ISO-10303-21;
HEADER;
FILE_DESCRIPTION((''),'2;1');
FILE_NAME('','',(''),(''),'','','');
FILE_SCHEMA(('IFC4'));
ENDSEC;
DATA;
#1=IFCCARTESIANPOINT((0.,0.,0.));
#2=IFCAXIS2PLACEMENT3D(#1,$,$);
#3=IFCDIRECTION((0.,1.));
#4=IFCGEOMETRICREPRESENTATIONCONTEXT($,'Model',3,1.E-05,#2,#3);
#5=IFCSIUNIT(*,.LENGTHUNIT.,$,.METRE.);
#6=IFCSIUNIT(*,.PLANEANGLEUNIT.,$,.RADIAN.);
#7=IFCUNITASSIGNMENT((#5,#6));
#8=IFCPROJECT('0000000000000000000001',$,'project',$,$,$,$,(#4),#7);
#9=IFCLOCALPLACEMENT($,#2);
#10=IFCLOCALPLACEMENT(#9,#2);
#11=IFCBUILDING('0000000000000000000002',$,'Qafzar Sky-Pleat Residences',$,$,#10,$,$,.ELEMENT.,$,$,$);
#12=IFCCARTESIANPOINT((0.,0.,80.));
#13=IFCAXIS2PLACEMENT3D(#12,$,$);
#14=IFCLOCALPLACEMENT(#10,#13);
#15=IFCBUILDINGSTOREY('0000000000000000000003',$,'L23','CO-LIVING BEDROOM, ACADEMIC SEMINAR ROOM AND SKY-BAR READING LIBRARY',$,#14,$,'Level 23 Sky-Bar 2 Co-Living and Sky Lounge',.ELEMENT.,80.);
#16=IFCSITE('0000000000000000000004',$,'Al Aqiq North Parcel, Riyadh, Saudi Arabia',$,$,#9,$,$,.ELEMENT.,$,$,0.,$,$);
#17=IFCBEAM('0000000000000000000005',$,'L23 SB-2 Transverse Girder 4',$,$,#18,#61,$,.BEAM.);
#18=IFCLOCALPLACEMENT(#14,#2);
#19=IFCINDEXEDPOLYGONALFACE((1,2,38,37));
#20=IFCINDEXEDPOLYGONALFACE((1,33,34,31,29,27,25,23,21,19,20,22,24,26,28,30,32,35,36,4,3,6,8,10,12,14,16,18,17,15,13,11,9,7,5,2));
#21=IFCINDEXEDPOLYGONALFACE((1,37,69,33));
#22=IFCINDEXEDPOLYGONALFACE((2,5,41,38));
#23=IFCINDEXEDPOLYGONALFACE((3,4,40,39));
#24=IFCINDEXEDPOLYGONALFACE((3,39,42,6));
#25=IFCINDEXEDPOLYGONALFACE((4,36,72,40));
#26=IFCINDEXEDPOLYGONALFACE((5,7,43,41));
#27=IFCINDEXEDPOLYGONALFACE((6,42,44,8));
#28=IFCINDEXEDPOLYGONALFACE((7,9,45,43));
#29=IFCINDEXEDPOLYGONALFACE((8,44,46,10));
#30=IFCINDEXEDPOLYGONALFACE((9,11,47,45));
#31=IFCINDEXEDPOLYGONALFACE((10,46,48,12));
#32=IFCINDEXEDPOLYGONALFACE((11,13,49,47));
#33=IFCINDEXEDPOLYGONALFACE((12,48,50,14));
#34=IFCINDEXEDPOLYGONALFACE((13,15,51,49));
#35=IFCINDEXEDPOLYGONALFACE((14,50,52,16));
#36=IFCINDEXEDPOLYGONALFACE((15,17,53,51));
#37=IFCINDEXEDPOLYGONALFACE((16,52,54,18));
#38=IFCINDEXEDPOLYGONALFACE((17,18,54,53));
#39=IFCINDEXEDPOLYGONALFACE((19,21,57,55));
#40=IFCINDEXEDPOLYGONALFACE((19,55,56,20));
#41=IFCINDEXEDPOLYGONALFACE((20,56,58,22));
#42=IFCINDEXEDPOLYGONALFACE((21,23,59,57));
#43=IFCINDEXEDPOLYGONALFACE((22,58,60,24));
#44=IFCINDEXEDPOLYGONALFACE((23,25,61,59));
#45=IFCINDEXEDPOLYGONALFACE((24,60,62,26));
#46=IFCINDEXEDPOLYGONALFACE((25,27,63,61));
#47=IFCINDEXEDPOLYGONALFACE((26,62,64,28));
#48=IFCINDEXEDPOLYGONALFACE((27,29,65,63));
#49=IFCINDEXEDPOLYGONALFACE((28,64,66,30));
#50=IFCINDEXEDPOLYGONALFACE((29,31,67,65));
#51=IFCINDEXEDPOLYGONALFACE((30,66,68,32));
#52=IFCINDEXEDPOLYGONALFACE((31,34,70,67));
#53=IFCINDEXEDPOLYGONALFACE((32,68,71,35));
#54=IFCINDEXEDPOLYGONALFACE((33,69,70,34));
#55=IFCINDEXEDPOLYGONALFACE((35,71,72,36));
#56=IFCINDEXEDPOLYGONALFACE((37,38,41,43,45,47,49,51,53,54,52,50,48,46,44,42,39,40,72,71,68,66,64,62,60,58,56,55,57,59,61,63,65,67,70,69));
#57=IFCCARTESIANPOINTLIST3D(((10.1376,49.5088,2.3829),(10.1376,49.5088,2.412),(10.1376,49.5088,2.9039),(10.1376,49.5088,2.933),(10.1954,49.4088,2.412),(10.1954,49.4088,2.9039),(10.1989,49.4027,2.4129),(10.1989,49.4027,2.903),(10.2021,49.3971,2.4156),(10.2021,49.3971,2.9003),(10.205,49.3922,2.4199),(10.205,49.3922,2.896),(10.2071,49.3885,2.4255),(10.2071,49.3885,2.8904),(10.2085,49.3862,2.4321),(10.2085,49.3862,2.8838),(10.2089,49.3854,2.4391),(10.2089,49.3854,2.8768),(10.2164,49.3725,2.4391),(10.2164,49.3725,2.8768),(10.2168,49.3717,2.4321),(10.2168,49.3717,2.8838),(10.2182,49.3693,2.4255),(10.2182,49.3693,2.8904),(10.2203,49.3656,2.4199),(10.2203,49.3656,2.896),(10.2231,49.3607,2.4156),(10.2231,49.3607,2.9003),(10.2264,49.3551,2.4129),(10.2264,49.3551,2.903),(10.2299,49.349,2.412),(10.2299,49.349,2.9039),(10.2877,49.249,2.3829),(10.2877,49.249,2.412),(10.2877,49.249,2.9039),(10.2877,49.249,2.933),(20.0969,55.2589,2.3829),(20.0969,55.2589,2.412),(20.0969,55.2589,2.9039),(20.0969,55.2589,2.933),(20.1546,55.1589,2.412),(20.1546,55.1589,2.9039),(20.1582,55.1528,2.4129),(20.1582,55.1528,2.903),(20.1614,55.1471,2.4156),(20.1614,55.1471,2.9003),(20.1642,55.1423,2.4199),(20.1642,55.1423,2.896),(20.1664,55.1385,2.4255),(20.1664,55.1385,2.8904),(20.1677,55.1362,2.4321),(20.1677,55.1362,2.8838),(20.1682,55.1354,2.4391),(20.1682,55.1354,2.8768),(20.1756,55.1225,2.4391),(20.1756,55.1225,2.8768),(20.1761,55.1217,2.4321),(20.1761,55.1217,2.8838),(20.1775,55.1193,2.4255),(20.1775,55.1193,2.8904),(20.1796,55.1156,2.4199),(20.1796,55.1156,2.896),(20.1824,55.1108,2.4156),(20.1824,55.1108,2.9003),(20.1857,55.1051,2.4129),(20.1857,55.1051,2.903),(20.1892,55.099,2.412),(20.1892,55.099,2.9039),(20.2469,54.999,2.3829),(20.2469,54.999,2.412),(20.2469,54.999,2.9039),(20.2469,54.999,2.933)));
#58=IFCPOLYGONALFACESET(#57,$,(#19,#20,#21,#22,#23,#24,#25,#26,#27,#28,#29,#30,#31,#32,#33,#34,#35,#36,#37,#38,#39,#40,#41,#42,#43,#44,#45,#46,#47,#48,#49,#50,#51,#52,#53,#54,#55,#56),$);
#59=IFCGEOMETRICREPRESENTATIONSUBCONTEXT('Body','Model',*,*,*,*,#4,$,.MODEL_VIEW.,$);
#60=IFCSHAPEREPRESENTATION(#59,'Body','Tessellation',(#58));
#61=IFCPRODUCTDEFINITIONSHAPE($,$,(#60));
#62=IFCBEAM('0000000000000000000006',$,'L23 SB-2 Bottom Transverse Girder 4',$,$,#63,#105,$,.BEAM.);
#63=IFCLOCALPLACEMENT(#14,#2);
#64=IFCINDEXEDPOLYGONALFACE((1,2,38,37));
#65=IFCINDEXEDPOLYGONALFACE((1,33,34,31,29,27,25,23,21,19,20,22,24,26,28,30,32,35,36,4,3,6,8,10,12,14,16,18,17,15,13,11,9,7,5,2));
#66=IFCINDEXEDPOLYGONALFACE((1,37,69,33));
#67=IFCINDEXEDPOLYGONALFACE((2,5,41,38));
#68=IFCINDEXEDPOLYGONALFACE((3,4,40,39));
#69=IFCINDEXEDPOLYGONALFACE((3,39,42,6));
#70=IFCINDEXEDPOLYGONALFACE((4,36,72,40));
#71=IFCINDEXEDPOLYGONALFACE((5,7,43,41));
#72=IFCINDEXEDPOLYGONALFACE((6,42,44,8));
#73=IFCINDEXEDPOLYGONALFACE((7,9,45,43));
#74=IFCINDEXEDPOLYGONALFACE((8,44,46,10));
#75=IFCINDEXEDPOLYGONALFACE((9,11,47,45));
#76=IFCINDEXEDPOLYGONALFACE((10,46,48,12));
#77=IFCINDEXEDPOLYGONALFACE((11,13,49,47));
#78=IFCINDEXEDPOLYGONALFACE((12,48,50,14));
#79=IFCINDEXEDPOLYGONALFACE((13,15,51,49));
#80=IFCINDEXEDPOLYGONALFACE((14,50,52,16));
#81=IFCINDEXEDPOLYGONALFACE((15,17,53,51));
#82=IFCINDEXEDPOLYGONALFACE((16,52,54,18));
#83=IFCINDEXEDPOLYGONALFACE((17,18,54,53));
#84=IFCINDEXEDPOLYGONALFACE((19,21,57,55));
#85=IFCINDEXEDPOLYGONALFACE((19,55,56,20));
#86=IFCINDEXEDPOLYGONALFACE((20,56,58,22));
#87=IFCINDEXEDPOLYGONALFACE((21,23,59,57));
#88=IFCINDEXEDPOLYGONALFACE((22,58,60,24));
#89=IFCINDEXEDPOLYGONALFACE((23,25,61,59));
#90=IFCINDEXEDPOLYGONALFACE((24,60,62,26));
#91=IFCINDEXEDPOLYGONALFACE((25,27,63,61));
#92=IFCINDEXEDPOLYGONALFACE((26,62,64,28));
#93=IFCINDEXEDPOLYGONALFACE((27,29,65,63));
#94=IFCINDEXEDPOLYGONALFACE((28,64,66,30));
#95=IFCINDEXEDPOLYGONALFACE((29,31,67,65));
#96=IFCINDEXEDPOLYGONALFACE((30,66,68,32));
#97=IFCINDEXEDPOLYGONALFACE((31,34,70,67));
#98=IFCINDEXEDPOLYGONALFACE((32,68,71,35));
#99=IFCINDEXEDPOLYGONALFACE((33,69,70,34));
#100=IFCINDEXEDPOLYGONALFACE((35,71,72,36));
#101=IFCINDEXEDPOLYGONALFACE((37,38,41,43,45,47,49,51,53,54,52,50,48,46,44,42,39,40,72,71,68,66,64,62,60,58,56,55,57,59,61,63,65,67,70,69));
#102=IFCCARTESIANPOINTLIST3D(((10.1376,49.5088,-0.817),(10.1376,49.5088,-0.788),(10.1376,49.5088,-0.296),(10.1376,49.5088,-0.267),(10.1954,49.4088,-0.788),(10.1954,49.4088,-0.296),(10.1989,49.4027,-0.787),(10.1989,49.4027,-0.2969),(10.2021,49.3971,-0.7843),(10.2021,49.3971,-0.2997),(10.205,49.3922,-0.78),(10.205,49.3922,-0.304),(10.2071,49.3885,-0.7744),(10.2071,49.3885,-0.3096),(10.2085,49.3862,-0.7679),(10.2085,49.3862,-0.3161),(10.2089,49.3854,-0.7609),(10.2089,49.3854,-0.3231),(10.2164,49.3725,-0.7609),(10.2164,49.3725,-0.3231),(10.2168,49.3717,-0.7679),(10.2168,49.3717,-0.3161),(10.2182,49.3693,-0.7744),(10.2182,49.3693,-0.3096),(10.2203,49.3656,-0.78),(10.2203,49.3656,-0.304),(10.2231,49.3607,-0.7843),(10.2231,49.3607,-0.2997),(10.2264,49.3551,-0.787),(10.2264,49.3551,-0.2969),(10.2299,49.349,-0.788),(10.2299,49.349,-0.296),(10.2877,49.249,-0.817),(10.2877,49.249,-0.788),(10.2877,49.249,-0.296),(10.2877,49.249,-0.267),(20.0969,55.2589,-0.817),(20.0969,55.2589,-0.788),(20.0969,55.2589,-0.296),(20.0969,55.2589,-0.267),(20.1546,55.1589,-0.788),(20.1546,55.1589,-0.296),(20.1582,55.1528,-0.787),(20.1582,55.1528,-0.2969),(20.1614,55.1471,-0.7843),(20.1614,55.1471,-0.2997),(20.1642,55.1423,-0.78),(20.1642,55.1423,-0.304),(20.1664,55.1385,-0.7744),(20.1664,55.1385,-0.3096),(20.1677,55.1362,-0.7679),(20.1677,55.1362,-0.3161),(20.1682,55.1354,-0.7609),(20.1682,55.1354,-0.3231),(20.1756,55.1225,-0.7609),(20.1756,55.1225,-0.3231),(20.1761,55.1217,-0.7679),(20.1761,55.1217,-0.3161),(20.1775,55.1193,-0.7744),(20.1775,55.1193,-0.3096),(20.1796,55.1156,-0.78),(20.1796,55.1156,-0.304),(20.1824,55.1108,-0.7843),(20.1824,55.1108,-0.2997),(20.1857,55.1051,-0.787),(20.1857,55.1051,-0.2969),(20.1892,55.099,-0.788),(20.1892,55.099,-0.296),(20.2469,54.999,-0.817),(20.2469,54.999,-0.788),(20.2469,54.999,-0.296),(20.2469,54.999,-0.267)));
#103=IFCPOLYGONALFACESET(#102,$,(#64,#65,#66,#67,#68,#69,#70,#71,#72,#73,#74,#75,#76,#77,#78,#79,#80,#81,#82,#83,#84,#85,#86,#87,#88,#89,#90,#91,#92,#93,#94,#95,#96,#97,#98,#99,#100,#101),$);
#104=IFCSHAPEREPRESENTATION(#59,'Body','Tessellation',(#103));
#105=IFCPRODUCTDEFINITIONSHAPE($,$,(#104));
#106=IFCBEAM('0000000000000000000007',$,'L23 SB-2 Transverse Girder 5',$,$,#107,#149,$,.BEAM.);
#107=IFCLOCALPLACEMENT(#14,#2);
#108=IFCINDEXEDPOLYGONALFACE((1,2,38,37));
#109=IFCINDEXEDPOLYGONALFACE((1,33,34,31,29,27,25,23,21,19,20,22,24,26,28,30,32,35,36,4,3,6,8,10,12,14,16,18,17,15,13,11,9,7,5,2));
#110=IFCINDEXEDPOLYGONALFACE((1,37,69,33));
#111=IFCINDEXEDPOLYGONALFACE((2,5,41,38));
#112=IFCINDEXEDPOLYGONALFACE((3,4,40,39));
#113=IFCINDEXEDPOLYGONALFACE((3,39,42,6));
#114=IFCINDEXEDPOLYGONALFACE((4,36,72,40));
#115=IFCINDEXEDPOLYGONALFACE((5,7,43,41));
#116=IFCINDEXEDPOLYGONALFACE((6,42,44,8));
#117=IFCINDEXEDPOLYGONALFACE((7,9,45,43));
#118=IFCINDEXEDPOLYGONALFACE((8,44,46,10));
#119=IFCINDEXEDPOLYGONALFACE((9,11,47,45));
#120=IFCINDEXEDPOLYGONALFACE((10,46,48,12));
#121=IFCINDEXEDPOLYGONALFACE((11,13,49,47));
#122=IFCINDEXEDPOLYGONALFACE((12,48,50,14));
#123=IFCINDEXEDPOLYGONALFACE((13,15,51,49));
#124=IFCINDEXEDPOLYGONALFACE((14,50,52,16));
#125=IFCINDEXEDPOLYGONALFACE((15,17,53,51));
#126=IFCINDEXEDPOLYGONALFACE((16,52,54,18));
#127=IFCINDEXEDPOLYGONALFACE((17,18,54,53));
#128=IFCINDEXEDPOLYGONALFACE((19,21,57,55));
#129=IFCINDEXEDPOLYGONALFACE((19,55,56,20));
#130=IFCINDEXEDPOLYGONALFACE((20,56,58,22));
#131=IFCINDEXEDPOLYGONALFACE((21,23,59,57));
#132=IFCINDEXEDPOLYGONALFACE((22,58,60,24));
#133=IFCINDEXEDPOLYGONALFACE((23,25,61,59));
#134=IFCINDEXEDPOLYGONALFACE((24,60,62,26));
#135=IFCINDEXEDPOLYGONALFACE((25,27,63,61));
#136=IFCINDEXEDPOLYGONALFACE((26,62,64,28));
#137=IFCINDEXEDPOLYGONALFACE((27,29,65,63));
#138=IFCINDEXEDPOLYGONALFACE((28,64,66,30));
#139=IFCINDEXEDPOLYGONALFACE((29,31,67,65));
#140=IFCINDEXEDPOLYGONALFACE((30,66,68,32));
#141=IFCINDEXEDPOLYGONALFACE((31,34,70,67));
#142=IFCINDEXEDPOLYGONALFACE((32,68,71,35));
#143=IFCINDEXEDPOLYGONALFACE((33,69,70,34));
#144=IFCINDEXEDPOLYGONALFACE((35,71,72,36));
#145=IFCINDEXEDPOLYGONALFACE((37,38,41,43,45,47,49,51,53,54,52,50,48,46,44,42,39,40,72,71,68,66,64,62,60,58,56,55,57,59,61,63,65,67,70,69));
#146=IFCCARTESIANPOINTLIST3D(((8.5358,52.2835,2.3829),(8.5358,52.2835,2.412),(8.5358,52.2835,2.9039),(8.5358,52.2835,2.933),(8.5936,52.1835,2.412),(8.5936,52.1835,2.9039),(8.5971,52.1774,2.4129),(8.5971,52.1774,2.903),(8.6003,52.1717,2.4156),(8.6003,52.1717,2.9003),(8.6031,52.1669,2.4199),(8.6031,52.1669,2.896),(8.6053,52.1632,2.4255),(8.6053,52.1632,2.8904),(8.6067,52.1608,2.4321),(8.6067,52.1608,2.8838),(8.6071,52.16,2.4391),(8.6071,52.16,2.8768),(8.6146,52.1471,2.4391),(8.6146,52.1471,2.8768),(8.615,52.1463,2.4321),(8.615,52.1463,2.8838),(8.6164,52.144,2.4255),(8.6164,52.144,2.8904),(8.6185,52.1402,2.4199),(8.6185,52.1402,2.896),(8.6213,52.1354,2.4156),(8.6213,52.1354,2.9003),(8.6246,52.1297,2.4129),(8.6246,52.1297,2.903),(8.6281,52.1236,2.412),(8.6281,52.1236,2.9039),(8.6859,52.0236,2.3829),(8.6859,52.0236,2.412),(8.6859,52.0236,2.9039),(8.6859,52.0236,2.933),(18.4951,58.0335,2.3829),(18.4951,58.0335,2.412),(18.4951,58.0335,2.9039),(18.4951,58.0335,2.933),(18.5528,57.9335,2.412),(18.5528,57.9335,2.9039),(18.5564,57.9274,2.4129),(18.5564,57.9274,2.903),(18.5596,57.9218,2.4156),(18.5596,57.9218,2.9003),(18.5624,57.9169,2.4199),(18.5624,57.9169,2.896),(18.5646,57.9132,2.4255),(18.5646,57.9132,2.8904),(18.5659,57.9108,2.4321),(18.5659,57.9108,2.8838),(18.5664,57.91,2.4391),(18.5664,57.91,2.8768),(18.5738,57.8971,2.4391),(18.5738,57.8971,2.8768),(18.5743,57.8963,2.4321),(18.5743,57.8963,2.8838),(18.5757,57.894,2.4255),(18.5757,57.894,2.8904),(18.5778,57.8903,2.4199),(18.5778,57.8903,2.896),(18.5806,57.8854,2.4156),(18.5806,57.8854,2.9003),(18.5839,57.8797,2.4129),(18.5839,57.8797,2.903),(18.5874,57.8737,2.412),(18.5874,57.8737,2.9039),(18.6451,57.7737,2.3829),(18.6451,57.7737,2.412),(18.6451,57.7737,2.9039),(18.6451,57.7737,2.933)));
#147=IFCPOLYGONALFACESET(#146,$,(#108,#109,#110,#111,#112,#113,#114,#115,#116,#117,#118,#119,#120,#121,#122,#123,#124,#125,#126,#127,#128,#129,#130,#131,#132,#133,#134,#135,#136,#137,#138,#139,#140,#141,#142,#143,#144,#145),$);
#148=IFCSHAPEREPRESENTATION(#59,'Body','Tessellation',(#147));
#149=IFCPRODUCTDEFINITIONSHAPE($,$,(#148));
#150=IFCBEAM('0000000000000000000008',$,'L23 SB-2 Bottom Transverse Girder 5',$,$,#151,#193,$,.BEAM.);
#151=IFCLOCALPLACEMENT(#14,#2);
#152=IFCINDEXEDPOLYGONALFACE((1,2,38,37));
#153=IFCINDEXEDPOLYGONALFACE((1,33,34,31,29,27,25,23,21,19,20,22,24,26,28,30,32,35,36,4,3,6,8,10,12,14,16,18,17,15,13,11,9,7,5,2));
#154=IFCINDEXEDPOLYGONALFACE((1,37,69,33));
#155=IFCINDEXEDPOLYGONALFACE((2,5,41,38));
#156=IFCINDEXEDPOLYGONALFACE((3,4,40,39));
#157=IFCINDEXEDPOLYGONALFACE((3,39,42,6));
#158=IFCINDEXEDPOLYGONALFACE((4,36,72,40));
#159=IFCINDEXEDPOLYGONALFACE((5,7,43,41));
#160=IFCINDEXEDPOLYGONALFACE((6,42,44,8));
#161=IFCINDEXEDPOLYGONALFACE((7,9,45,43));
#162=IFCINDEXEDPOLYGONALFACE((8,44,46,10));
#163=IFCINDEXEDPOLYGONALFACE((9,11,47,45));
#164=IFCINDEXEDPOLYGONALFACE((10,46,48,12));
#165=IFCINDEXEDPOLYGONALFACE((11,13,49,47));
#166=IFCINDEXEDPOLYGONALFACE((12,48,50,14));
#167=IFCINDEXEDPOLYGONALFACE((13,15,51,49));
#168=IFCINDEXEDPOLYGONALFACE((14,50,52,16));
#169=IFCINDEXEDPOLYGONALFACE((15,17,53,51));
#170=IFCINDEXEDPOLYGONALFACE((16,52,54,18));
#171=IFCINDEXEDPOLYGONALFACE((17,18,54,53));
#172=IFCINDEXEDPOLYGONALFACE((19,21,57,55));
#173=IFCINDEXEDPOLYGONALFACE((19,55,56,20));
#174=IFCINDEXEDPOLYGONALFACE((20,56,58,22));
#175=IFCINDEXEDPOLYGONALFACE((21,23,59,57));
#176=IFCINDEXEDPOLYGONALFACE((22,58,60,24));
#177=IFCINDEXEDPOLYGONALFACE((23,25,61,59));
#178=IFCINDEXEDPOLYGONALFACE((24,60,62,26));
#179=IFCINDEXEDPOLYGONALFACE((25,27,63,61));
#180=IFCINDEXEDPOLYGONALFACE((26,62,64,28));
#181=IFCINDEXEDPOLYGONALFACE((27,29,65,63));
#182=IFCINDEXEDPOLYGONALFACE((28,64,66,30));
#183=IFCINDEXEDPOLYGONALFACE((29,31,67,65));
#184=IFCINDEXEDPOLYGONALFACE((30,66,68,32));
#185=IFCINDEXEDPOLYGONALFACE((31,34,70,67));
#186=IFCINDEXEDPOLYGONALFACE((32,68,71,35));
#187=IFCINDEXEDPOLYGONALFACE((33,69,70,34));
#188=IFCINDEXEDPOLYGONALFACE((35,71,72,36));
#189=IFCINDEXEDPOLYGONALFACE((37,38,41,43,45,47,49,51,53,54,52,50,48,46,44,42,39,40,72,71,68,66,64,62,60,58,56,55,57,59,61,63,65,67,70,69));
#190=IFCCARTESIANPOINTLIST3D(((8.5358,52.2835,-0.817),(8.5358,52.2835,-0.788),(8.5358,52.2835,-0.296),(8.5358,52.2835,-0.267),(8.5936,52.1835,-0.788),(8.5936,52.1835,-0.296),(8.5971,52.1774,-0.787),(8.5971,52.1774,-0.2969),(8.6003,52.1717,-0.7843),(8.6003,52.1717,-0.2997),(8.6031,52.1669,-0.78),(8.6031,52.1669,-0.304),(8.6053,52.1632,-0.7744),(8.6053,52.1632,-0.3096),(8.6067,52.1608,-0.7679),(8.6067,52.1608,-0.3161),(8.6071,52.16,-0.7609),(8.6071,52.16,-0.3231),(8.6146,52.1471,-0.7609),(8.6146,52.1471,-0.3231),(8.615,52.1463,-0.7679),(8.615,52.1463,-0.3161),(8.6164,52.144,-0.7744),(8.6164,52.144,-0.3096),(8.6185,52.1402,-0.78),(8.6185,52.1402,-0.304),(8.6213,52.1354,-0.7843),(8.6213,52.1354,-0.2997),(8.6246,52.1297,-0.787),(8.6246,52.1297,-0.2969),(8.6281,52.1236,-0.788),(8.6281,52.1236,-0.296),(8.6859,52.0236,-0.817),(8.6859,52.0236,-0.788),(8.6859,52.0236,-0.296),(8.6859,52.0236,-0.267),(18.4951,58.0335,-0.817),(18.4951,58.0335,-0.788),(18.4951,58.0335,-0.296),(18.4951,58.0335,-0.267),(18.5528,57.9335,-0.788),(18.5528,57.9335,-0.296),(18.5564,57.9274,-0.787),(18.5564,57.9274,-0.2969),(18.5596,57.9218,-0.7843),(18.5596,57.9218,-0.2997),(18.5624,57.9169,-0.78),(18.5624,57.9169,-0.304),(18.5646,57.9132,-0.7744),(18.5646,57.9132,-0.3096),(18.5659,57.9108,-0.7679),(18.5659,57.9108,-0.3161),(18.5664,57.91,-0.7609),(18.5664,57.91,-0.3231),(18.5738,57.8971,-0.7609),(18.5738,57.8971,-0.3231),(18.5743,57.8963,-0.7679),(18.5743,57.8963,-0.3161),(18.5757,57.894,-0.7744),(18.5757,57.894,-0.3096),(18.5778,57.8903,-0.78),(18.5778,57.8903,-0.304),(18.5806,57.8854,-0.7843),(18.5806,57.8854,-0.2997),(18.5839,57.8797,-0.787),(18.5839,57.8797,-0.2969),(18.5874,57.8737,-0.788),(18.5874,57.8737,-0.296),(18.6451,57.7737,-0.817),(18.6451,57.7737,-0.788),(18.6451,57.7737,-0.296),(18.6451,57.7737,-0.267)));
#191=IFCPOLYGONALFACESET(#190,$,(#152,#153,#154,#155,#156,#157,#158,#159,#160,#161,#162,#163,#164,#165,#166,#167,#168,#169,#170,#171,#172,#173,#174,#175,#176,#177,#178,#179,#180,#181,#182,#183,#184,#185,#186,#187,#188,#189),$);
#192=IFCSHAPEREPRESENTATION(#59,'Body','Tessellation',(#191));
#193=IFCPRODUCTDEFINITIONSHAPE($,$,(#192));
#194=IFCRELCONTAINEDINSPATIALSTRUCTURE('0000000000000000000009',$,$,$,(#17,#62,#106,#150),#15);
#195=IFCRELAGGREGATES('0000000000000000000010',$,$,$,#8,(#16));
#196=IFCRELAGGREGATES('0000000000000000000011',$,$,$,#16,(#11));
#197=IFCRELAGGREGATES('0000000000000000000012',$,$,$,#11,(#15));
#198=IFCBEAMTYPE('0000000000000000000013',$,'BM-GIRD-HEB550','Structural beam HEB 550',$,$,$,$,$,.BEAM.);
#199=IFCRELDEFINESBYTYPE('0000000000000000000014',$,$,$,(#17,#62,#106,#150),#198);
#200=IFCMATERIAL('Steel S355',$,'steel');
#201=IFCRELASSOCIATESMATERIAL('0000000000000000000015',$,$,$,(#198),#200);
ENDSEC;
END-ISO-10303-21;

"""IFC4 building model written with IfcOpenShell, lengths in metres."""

from ifc_helpers import new_model, si_unit, direction, frame, origin, origin_2d, place, context, subcontext, project, spatial, i_section, extrude, source, transform, mapped, material, material_profile, profile_set, type_object, element, save


model = new_model("IFC4")

# Units and contexts
model_context = context("Model", 3, precision=1e-05, world=origin(), true_north=direction((0.0, 1.0)))
body_context = subcontext(model_context, "Body", "Model", "MODEL_VIEW")
ifc_project = project(units=[si_unit("LENGTHUNIT", "METRE"), si_unit("PLANEANGLEUNIT", "RADIAN")], contexts=[model_context])

# Site, building, storey
site_placement = place(None, origin())
site = spatial("IfcSite", under=ifc_project, at=site_placement, Name="Al Aqiq North Parcel, Riyadh, Saudi Arabia", CompositionType="ELEMENT", RefElevation=0.0)
building_placement = place(site_placement, origin())
building = spatial("IfcBuilding", under=site, at=building_placement, Name="Qafzar Sky-Pleat Residences", CompositionType="ELEMENT")
storey_placement = place(building_placement, frame((0.0, 0.0, 80.0)))
storey = spatial("IfcBuildingStorey", under=building, at=storey_placement, Name="L23", Description="CO-LIVING BEDROOM, ACADEMIC SEMINAR ROOM AND SKY-BAR READING LIBRARY", LongName="Level 23 Sky-Bar 2 Co-Living and Sky Lounge", CompositionType="ELEMENT", Elevation=80.0)

# Beams
ifc_material_1 = material(Name="Steel S355", Category="steel")
ifc_material_profile_1 = material_profile(ifc_material_1, i_section(OverallWidth=0.3, OverallDepth=0.55, WebThickness=0.0149, FlangeThickness=0.0291, FilletRadius=0.0271, at=origin_2d()), Name="HEB 550")
ifc_profile_set_1 = profile_set([ifc_material_profile_1], Name="Steel S355")
beam_type = type_object("IfcBeamType", Name="BM-GIRD-HEB550", Description="Structural beam HEB 550", PredefinedType="BEAM", material=ifc_profile_set_1)
shared_shape_1 = source(origin(), body_context, "Body", "SweptSolid", [
    extrude(i_section(OverallWidth=0.3, OverallDepth=0.55, WebThickness=0.0149, FlangeThickness=0.0291, FilletRadius=0.0271, at=origin_2d()), origin(), (0.0, 0.0, 1.0), 11.5),
])
for number, where, z_axis, x_axis, name in (
    (1, (10.2126, 49.3789, 2.658), (0.866024, 0.500002, 0.0), (-0.500002, 0.866024, 0.0), "L23 SB-2 Transverse Girder 4"),
    (2, (10.2126, 49.3789, -0.542), (0.866024, 0.500002, 0.0), (-0.500002, 0.866024, 0.0), "L23 SB-2 Bottom Transverse Girder 4"),
    (3, (8.6108, 52.1536, 2.658), (0.866024, 0.500002, 0.0), (-0.500002, 0.866024, 0.0), "L23 SB-2 Transverse Girder 5"),
    (4, (8.6108, 52.1536, -0.542), (0.866024, 0.500002, 0.0), (-0.500002, 0.866024, 0.0), "L23 SB-2 Bottom Transverse Girder 5"),
):
    element("IfcBeam", number, at=place(storey_placement, frame(where, z_axis=z_axis, x_axis=x_axis)), inside=storey, type_object=beam_type, Name=name, PredefinedType="BEAM", context=body_context, shape_type="MappedRepresentation", body=[
        mapped(shared_shape_1, transform((0.0, 0.0, 0.0), x_axis=(1.0, 0.0, 0.0), y_axis=(0.0, 1.0, 0.0), z_axis=(0.0, 0.0, 1.0), scale=1.0)),
    ])

save(model, "model.ifc")
